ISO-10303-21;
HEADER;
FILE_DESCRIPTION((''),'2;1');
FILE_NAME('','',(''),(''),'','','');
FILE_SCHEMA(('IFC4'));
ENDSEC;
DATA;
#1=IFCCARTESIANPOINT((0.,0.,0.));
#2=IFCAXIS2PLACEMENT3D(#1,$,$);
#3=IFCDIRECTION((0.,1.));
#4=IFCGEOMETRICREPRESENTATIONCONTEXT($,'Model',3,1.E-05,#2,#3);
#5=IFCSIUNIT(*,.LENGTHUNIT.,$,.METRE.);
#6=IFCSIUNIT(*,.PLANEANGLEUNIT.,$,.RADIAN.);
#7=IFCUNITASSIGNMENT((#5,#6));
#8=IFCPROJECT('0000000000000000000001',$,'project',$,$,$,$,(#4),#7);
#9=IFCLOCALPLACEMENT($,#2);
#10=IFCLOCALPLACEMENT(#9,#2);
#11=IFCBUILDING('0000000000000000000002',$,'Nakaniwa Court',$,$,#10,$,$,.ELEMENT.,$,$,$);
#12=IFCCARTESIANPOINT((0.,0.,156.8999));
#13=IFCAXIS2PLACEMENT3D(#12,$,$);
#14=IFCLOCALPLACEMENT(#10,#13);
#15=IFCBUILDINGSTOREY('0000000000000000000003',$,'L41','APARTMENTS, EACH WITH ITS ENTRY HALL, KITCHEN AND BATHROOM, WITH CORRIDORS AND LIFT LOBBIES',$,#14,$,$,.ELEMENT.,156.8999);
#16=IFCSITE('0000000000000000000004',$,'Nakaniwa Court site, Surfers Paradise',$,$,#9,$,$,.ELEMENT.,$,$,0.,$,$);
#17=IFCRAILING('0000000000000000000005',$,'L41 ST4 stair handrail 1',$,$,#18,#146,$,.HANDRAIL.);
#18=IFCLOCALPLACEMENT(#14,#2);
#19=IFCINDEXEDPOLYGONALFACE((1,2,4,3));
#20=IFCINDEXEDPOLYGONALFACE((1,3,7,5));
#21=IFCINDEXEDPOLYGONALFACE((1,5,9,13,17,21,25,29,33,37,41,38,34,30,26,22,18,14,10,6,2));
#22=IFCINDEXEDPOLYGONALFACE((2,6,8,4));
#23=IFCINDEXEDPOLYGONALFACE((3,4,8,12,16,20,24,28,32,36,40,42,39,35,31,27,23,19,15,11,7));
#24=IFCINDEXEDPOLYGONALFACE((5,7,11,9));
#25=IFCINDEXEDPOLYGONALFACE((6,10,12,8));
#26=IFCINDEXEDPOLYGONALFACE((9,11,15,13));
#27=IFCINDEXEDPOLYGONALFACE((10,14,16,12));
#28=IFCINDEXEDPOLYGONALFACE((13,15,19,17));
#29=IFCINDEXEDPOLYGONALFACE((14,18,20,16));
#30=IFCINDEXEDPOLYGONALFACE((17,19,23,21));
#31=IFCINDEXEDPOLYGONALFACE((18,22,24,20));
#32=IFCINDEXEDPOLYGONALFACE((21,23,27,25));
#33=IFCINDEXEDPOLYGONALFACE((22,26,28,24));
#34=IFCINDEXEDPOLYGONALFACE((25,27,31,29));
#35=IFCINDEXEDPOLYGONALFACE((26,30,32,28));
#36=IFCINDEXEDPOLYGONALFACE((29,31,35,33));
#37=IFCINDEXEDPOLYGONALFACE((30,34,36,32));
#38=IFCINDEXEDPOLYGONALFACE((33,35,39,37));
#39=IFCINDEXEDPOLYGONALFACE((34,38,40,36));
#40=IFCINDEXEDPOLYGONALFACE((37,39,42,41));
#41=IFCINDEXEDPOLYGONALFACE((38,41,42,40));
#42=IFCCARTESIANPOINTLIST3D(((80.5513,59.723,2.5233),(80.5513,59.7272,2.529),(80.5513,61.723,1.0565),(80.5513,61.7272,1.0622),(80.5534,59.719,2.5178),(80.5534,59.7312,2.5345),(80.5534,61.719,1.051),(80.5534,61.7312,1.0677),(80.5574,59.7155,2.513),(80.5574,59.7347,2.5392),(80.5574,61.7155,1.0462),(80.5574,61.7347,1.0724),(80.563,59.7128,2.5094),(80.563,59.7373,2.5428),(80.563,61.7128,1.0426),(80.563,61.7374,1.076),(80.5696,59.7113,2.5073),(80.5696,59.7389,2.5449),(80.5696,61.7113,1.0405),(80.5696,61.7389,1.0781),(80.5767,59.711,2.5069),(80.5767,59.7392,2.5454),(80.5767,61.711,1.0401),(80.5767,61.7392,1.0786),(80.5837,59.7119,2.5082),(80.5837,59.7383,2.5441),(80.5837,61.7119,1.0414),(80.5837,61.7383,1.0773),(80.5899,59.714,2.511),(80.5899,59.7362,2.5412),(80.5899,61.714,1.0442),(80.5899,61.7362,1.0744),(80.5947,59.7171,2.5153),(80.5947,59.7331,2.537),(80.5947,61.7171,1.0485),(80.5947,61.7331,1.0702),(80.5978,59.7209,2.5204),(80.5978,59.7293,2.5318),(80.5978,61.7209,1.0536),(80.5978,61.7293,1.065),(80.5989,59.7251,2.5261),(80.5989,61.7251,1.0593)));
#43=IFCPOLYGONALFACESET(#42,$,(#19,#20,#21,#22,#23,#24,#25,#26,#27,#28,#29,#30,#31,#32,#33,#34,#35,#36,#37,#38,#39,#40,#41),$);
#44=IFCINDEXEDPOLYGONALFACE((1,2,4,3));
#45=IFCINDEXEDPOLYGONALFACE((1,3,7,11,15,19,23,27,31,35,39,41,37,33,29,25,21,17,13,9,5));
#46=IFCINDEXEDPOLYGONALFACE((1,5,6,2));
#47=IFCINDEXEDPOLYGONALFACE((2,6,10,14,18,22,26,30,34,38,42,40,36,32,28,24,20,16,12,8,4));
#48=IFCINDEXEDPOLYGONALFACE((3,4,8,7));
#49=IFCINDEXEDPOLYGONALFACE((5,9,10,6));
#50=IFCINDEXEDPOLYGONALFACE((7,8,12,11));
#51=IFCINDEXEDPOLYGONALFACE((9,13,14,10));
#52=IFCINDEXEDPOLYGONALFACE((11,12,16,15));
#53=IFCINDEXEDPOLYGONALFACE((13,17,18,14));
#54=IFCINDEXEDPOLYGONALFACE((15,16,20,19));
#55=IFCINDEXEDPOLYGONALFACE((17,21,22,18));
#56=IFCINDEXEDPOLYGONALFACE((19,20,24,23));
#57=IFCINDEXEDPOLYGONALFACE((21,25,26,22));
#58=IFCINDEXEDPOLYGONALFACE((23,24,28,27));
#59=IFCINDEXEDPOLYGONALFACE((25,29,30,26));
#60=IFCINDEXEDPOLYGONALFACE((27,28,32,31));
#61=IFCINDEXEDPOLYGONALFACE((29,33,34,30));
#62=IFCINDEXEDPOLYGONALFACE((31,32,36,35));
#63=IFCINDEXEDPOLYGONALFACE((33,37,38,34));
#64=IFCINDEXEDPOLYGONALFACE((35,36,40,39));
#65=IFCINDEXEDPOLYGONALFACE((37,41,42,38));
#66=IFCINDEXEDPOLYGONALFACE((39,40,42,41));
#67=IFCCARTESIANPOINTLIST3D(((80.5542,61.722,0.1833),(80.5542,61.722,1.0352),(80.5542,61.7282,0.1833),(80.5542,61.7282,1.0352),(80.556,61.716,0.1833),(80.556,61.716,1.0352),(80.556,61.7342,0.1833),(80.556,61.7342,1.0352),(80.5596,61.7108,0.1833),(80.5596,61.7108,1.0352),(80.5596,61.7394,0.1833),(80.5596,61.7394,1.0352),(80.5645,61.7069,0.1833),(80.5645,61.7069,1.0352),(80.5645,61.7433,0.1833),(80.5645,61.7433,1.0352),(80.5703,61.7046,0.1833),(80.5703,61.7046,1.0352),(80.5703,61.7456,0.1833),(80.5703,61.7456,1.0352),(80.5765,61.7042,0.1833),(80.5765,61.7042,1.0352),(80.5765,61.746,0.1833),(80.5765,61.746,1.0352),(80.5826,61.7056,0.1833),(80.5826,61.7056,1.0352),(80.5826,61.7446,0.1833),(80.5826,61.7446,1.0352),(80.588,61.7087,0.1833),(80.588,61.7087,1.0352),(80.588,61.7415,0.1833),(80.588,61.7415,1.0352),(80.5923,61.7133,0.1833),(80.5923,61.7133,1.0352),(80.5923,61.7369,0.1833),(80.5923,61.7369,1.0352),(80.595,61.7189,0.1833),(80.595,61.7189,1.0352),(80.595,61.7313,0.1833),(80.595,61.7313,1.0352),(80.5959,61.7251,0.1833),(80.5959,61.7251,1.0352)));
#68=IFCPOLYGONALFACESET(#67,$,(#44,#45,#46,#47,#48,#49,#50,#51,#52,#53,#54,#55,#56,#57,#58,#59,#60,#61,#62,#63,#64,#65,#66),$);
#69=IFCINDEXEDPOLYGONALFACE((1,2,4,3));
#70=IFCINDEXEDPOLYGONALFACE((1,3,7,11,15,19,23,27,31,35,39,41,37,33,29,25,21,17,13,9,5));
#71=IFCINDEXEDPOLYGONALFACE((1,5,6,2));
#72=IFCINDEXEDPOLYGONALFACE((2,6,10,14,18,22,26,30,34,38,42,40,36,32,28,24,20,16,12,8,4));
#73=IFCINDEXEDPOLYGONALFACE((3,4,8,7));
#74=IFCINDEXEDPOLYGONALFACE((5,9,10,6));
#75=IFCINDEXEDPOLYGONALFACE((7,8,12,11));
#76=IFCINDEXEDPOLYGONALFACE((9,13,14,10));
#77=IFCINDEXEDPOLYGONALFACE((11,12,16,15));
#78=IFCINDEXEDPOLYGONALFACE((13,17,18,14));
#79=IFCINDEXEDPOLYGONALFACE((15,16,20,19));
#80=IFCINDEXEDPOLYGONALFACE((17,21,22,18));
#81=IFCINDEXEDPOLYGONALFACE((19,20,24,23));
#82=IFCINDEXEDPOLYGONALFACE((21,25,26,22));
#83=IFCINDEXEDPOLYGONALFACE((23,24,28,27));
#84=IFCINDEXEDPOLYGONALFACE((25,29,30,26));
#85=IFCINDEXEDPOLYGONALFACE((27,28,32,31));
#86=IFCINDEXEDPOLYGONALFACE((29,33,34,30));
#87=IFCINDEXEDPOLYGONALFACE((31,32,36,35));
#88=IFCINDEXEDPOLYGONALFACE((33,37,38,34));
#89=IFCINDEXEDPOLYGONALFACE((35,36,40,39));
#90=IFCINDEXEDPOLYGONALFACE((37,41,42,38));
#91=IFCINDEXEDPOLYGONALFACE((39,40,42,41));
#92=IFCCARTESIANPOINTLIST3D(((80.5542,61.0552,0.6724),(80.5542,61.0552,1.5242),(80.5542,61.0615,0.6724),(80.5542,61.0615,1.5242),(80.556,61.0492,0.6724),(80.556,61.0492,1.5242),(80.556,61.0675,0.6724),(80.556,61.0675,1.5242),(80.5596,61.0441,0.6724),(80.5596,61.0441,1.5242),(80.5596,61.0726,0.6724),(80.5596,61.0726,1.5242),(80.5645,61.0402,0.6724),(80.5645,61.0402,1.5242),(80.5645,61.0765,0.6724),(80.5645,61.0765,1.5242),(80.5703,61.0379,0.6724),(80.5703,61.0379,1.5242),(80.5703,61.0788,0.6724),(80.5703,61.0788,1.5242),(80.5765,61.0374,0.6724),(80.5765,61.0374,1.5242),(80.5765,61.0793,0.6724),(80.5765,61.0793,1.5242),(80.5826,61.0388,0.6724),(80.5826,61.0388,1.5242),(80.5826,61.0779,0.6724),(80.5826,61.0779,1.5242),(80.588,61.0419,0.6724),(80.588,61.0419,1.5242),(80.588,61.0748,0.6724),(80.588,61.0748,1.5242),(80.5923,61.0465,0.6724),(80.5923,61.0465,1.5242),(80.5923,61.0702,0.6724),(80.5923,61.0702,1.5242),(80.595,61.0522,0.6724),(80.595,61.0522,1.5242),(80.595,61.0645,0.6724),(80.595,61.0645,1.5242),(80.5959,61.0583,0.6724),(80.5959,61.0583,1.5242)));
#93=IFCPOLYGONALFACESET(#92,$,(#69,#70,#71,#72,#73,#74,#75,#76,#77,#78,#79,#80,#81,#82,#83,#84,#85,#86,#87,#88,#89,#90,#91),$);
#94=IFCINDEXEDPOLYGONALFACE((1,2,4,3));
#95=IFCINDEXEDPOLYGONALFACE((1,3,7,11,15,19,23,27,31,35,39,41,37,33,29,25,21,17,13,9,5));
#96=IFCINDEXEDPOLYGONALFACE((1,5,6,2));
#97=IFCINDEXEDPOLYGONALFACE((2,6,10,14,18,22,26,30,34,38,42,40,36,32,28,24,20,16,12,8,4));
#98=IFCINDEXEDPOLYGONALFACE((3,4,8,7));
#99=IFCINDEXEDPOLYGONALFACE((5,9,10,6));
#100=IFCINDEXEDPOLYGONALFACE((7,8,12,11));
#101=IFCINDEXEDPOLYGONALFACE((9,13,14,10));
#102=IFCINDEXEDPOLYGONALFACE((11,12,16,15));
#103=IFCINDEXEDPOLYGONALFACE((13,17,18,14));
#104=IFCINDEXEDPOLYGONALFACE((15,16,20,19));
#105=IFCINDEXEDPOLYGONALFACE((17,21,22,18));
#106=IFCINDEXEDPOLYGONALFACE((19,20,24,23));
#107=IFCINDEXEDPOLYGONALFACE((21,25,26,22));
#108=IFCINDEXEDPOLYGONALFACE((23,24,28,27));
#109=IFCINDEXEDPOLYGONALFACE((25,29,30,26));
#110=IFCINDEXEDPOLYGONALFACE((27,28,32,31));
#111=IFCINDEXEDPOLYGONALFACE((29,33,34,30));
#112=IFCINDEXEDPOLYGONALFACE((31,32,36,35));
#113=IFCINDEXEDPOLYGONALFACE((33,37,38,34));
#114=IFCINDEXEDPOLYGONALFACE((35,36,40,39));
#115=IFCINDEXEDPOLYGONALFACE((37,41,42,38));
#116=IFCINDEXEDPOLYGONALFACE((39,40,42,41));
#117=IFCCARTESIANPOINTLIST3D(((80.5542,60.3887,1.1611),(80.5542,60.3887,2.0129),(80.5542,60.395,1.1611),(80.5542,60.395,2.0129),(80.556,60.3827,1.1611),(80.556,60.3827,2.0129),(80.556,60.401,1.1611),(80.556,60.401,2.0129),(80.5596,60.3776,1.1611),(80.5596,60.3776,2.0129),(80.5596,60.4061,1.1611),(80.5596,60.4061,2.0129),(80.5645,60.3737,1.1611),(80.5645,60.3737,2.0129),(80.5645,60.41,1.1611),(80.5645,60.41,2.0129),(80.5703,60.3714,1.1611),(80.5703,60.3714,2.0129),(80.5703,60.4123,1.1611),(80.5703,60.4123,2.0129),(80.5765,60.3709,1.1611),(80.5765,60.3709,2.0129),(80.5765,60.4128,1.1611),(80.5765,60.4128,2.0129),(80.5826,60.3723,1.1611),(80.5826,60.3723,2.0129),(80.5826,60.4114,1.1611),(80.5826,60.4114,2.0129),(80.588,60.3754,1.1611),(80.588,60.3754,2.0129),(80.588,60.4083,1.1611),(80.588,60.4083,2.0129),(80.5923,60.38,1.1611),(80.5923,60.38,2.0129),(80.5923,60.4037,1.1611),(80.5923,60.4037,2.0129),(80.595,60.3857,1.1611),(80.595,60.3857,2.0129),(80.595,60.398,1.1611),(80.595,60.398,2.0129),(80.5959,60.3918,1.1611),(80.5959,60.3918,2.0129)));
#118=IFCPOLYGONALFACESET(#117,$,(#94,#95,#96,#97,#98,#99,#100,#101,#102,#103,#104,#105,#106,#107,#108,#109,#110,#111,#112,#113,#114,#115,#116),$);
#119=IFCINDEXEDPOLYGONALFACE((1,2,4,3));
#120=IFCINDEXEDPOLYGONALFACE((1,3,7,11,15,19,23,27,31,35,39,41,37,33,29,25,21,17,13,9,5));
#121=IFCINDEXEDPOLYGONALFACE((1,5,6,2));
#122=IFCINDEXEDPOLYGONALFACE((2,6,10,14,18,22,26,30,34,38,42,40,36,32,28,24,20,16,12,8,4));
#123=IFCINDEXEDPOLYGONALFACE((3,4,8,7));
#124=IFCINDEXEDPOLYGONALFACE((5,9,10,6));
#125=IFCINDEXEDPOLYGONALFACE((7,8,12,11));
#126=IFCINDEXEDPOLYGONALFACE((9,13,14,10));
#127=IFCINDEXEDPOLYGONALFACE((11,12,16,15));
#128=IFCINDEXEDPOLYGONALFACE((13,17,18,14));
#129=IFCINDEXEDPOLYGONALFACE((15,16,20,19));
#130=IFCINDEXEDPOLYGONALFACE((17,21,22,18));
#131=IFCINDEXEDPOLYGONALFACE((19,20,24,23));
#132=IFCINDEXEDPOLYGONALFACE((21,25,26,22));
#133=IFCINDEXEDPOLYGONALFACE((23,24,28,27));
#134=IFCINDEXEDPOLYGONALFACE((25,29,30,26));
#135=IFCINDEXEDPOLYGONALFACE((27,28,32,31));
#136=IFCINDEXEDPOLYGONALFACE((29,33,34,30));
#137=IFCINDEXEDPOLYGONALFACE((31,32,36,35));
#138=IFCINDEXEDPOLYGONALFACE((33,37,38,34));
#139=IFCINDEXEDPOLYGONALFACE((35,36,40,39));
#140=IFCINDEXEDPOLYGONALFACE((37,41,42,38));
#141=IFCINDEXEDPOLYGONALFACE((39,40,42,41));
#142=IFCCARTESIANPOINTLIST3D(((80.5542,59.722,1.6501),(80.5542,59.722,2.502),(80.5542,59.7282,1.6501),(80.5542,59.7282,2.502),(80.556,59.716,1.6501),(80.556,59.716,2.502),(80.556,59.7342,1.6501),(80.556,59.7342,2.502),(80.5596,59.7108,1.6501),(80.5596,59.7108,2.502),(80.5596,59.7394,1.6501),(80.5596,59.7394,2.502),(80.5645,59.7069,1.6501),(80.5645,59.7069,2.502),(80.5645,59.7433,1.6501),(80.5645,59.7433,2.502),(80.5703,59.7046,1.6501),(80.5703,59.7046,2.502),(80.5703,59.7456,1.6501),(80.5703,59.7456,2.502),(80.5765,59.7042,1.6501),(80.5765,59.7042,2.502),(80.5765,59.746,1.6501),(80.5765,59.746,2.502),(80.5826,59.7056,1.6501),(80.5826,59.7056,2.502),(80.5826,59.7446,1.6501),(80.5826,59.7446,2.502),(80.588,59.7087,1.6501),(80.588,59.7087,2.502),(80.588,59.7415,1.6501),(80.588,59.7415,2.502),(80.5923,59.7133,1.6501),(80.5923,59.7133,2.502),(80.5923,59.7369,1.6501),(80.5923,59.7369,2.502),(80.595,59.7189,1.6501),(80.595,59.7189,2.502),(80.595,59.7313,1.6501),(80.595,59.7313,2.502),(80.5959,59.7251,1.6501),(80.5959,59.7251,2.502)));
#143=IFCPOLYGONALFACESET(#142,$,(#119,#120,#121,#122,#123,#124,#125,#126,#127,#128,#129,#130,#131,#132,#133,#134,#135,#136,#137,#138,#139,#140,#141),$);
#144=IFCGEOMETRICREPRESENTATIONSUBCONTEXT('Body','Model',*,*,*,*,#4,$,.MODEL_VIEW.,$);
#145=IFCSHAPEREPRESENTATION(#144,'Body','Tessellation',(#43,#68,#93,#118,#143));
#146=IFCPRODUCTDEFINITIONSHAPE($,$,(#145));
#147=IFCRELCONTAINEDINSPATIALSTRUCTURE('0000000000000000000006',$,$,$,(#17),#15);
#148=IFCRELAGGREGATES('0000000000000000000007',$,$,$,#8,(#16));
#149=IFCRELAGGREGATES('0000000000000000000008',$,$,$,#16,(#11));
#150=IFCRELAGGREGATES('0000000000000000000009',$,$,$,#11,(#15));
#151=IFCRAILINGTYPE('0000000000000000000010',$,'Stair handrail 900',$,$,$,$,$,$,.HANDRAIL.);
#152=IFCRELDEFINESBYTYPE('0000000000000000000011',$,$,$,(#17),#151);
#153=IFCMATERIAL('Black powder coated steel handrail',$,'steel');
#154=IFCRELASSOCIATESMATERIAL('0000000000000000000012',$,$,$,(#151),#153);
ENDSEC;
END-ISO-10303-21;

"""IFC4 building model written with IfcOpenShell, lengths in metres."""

from ifc_helpers import new_model, si_unit, direction, frame, origin, origin_2d, place, context, subcontext, project, spatial, circle, extrude, material, type_object, element, save


model = new_model("IFC4")

# Units and contexts
model_context = context("Model", 3, precision=1e-05, world=origin(), true_north=direction((0.0, 1.0)))
body_context = subcontext(model_context, "Body", "Model", "MODEL_VIEW")
ifc_project = project(units=[si_unit("LENGTHUNIT", "METRE"), si_unit("PLANEANGLEUNIT", "RADIAN")], contexts=[model_context])

# Site, building, storey
site_placement = place(None, origin())
site = spatial("IfcSite", under=ifc_project, at=site_placement, Name="Nakaniwa Court site, Surfers Paradise", CompositionType="ELEMENT", RefElevation=0.0)
building_placement = place(site_placement, origin())
building = spatial("IfcBuilding", under=site, at=building_placement, Name="Nakaniwa Court", CompositionType="ELEMENT")
storey_placement = place(building_placement, frame((0.0, 0.0, 156.8999)))
storey = spatial("IfcBuildingStorey", under=building, at=storey_placement, Name="L41", Description="APARTMENTS, EACH WITH ITS ENTRY HALL, KITCHEN AND BATHROOM, WITH CORRIDORS AND LIFT LOBBIES", CompositionType="ELEMENT", Elevation=156.8999)

# Railing
ifc_material_1 = material(Name="Black powder coated steel handrail", Category="steel")
railing_type_1 = type_object("IfcRailingType", Name="Stair handrail 900", PredefinedType="HANDRAIL", material=ifc_material_1)
railing_1_placement = place(storey_placement, frame((80.575, 61.7251, 0.1833)))
element("IfcRailing", 1, at=railing_1_placement, inside=storey, type_object=railing_type_1, Name="L41 ST4 stair handrail 1", PredefinedType="HANDRAIL", context=body_context, shape_type="SweptSolid", body=[
    extrude(circle(Radius=0.0239, at=origin_2d()), frame((0.0, 0.0, 0.876), z_axis=(0.0, -0.80638, 0.591398), x_axis=(1.0, 0.0, 0.0)), (0.0, 0.0, 1.0), 2.4802),
    extrude(circle(Radius=0.021, at=origin_2d()), origin(), (0.0, 0.0, 1.0), 0.8518),
    extrude(circle(Radius=0.021, at=origin_2d()), frame((0.0, -0.6667, 0.489)), (0.0, 0.0, 1.0), 0.8518),
    extrude(circle(Radius=0.021, at=origin_2d()), frame((0.0, -1.3333, 0.9778)), (0.0, 0.0, 1.0), 0.8518),
    extrude(circle(Radius=0.021, at=origin_2d()), frame((0.0, -2.0, 1.4668)), (0.0, 0.0, 1.0), 0.8518),
])

save(model, "model.ifc")
